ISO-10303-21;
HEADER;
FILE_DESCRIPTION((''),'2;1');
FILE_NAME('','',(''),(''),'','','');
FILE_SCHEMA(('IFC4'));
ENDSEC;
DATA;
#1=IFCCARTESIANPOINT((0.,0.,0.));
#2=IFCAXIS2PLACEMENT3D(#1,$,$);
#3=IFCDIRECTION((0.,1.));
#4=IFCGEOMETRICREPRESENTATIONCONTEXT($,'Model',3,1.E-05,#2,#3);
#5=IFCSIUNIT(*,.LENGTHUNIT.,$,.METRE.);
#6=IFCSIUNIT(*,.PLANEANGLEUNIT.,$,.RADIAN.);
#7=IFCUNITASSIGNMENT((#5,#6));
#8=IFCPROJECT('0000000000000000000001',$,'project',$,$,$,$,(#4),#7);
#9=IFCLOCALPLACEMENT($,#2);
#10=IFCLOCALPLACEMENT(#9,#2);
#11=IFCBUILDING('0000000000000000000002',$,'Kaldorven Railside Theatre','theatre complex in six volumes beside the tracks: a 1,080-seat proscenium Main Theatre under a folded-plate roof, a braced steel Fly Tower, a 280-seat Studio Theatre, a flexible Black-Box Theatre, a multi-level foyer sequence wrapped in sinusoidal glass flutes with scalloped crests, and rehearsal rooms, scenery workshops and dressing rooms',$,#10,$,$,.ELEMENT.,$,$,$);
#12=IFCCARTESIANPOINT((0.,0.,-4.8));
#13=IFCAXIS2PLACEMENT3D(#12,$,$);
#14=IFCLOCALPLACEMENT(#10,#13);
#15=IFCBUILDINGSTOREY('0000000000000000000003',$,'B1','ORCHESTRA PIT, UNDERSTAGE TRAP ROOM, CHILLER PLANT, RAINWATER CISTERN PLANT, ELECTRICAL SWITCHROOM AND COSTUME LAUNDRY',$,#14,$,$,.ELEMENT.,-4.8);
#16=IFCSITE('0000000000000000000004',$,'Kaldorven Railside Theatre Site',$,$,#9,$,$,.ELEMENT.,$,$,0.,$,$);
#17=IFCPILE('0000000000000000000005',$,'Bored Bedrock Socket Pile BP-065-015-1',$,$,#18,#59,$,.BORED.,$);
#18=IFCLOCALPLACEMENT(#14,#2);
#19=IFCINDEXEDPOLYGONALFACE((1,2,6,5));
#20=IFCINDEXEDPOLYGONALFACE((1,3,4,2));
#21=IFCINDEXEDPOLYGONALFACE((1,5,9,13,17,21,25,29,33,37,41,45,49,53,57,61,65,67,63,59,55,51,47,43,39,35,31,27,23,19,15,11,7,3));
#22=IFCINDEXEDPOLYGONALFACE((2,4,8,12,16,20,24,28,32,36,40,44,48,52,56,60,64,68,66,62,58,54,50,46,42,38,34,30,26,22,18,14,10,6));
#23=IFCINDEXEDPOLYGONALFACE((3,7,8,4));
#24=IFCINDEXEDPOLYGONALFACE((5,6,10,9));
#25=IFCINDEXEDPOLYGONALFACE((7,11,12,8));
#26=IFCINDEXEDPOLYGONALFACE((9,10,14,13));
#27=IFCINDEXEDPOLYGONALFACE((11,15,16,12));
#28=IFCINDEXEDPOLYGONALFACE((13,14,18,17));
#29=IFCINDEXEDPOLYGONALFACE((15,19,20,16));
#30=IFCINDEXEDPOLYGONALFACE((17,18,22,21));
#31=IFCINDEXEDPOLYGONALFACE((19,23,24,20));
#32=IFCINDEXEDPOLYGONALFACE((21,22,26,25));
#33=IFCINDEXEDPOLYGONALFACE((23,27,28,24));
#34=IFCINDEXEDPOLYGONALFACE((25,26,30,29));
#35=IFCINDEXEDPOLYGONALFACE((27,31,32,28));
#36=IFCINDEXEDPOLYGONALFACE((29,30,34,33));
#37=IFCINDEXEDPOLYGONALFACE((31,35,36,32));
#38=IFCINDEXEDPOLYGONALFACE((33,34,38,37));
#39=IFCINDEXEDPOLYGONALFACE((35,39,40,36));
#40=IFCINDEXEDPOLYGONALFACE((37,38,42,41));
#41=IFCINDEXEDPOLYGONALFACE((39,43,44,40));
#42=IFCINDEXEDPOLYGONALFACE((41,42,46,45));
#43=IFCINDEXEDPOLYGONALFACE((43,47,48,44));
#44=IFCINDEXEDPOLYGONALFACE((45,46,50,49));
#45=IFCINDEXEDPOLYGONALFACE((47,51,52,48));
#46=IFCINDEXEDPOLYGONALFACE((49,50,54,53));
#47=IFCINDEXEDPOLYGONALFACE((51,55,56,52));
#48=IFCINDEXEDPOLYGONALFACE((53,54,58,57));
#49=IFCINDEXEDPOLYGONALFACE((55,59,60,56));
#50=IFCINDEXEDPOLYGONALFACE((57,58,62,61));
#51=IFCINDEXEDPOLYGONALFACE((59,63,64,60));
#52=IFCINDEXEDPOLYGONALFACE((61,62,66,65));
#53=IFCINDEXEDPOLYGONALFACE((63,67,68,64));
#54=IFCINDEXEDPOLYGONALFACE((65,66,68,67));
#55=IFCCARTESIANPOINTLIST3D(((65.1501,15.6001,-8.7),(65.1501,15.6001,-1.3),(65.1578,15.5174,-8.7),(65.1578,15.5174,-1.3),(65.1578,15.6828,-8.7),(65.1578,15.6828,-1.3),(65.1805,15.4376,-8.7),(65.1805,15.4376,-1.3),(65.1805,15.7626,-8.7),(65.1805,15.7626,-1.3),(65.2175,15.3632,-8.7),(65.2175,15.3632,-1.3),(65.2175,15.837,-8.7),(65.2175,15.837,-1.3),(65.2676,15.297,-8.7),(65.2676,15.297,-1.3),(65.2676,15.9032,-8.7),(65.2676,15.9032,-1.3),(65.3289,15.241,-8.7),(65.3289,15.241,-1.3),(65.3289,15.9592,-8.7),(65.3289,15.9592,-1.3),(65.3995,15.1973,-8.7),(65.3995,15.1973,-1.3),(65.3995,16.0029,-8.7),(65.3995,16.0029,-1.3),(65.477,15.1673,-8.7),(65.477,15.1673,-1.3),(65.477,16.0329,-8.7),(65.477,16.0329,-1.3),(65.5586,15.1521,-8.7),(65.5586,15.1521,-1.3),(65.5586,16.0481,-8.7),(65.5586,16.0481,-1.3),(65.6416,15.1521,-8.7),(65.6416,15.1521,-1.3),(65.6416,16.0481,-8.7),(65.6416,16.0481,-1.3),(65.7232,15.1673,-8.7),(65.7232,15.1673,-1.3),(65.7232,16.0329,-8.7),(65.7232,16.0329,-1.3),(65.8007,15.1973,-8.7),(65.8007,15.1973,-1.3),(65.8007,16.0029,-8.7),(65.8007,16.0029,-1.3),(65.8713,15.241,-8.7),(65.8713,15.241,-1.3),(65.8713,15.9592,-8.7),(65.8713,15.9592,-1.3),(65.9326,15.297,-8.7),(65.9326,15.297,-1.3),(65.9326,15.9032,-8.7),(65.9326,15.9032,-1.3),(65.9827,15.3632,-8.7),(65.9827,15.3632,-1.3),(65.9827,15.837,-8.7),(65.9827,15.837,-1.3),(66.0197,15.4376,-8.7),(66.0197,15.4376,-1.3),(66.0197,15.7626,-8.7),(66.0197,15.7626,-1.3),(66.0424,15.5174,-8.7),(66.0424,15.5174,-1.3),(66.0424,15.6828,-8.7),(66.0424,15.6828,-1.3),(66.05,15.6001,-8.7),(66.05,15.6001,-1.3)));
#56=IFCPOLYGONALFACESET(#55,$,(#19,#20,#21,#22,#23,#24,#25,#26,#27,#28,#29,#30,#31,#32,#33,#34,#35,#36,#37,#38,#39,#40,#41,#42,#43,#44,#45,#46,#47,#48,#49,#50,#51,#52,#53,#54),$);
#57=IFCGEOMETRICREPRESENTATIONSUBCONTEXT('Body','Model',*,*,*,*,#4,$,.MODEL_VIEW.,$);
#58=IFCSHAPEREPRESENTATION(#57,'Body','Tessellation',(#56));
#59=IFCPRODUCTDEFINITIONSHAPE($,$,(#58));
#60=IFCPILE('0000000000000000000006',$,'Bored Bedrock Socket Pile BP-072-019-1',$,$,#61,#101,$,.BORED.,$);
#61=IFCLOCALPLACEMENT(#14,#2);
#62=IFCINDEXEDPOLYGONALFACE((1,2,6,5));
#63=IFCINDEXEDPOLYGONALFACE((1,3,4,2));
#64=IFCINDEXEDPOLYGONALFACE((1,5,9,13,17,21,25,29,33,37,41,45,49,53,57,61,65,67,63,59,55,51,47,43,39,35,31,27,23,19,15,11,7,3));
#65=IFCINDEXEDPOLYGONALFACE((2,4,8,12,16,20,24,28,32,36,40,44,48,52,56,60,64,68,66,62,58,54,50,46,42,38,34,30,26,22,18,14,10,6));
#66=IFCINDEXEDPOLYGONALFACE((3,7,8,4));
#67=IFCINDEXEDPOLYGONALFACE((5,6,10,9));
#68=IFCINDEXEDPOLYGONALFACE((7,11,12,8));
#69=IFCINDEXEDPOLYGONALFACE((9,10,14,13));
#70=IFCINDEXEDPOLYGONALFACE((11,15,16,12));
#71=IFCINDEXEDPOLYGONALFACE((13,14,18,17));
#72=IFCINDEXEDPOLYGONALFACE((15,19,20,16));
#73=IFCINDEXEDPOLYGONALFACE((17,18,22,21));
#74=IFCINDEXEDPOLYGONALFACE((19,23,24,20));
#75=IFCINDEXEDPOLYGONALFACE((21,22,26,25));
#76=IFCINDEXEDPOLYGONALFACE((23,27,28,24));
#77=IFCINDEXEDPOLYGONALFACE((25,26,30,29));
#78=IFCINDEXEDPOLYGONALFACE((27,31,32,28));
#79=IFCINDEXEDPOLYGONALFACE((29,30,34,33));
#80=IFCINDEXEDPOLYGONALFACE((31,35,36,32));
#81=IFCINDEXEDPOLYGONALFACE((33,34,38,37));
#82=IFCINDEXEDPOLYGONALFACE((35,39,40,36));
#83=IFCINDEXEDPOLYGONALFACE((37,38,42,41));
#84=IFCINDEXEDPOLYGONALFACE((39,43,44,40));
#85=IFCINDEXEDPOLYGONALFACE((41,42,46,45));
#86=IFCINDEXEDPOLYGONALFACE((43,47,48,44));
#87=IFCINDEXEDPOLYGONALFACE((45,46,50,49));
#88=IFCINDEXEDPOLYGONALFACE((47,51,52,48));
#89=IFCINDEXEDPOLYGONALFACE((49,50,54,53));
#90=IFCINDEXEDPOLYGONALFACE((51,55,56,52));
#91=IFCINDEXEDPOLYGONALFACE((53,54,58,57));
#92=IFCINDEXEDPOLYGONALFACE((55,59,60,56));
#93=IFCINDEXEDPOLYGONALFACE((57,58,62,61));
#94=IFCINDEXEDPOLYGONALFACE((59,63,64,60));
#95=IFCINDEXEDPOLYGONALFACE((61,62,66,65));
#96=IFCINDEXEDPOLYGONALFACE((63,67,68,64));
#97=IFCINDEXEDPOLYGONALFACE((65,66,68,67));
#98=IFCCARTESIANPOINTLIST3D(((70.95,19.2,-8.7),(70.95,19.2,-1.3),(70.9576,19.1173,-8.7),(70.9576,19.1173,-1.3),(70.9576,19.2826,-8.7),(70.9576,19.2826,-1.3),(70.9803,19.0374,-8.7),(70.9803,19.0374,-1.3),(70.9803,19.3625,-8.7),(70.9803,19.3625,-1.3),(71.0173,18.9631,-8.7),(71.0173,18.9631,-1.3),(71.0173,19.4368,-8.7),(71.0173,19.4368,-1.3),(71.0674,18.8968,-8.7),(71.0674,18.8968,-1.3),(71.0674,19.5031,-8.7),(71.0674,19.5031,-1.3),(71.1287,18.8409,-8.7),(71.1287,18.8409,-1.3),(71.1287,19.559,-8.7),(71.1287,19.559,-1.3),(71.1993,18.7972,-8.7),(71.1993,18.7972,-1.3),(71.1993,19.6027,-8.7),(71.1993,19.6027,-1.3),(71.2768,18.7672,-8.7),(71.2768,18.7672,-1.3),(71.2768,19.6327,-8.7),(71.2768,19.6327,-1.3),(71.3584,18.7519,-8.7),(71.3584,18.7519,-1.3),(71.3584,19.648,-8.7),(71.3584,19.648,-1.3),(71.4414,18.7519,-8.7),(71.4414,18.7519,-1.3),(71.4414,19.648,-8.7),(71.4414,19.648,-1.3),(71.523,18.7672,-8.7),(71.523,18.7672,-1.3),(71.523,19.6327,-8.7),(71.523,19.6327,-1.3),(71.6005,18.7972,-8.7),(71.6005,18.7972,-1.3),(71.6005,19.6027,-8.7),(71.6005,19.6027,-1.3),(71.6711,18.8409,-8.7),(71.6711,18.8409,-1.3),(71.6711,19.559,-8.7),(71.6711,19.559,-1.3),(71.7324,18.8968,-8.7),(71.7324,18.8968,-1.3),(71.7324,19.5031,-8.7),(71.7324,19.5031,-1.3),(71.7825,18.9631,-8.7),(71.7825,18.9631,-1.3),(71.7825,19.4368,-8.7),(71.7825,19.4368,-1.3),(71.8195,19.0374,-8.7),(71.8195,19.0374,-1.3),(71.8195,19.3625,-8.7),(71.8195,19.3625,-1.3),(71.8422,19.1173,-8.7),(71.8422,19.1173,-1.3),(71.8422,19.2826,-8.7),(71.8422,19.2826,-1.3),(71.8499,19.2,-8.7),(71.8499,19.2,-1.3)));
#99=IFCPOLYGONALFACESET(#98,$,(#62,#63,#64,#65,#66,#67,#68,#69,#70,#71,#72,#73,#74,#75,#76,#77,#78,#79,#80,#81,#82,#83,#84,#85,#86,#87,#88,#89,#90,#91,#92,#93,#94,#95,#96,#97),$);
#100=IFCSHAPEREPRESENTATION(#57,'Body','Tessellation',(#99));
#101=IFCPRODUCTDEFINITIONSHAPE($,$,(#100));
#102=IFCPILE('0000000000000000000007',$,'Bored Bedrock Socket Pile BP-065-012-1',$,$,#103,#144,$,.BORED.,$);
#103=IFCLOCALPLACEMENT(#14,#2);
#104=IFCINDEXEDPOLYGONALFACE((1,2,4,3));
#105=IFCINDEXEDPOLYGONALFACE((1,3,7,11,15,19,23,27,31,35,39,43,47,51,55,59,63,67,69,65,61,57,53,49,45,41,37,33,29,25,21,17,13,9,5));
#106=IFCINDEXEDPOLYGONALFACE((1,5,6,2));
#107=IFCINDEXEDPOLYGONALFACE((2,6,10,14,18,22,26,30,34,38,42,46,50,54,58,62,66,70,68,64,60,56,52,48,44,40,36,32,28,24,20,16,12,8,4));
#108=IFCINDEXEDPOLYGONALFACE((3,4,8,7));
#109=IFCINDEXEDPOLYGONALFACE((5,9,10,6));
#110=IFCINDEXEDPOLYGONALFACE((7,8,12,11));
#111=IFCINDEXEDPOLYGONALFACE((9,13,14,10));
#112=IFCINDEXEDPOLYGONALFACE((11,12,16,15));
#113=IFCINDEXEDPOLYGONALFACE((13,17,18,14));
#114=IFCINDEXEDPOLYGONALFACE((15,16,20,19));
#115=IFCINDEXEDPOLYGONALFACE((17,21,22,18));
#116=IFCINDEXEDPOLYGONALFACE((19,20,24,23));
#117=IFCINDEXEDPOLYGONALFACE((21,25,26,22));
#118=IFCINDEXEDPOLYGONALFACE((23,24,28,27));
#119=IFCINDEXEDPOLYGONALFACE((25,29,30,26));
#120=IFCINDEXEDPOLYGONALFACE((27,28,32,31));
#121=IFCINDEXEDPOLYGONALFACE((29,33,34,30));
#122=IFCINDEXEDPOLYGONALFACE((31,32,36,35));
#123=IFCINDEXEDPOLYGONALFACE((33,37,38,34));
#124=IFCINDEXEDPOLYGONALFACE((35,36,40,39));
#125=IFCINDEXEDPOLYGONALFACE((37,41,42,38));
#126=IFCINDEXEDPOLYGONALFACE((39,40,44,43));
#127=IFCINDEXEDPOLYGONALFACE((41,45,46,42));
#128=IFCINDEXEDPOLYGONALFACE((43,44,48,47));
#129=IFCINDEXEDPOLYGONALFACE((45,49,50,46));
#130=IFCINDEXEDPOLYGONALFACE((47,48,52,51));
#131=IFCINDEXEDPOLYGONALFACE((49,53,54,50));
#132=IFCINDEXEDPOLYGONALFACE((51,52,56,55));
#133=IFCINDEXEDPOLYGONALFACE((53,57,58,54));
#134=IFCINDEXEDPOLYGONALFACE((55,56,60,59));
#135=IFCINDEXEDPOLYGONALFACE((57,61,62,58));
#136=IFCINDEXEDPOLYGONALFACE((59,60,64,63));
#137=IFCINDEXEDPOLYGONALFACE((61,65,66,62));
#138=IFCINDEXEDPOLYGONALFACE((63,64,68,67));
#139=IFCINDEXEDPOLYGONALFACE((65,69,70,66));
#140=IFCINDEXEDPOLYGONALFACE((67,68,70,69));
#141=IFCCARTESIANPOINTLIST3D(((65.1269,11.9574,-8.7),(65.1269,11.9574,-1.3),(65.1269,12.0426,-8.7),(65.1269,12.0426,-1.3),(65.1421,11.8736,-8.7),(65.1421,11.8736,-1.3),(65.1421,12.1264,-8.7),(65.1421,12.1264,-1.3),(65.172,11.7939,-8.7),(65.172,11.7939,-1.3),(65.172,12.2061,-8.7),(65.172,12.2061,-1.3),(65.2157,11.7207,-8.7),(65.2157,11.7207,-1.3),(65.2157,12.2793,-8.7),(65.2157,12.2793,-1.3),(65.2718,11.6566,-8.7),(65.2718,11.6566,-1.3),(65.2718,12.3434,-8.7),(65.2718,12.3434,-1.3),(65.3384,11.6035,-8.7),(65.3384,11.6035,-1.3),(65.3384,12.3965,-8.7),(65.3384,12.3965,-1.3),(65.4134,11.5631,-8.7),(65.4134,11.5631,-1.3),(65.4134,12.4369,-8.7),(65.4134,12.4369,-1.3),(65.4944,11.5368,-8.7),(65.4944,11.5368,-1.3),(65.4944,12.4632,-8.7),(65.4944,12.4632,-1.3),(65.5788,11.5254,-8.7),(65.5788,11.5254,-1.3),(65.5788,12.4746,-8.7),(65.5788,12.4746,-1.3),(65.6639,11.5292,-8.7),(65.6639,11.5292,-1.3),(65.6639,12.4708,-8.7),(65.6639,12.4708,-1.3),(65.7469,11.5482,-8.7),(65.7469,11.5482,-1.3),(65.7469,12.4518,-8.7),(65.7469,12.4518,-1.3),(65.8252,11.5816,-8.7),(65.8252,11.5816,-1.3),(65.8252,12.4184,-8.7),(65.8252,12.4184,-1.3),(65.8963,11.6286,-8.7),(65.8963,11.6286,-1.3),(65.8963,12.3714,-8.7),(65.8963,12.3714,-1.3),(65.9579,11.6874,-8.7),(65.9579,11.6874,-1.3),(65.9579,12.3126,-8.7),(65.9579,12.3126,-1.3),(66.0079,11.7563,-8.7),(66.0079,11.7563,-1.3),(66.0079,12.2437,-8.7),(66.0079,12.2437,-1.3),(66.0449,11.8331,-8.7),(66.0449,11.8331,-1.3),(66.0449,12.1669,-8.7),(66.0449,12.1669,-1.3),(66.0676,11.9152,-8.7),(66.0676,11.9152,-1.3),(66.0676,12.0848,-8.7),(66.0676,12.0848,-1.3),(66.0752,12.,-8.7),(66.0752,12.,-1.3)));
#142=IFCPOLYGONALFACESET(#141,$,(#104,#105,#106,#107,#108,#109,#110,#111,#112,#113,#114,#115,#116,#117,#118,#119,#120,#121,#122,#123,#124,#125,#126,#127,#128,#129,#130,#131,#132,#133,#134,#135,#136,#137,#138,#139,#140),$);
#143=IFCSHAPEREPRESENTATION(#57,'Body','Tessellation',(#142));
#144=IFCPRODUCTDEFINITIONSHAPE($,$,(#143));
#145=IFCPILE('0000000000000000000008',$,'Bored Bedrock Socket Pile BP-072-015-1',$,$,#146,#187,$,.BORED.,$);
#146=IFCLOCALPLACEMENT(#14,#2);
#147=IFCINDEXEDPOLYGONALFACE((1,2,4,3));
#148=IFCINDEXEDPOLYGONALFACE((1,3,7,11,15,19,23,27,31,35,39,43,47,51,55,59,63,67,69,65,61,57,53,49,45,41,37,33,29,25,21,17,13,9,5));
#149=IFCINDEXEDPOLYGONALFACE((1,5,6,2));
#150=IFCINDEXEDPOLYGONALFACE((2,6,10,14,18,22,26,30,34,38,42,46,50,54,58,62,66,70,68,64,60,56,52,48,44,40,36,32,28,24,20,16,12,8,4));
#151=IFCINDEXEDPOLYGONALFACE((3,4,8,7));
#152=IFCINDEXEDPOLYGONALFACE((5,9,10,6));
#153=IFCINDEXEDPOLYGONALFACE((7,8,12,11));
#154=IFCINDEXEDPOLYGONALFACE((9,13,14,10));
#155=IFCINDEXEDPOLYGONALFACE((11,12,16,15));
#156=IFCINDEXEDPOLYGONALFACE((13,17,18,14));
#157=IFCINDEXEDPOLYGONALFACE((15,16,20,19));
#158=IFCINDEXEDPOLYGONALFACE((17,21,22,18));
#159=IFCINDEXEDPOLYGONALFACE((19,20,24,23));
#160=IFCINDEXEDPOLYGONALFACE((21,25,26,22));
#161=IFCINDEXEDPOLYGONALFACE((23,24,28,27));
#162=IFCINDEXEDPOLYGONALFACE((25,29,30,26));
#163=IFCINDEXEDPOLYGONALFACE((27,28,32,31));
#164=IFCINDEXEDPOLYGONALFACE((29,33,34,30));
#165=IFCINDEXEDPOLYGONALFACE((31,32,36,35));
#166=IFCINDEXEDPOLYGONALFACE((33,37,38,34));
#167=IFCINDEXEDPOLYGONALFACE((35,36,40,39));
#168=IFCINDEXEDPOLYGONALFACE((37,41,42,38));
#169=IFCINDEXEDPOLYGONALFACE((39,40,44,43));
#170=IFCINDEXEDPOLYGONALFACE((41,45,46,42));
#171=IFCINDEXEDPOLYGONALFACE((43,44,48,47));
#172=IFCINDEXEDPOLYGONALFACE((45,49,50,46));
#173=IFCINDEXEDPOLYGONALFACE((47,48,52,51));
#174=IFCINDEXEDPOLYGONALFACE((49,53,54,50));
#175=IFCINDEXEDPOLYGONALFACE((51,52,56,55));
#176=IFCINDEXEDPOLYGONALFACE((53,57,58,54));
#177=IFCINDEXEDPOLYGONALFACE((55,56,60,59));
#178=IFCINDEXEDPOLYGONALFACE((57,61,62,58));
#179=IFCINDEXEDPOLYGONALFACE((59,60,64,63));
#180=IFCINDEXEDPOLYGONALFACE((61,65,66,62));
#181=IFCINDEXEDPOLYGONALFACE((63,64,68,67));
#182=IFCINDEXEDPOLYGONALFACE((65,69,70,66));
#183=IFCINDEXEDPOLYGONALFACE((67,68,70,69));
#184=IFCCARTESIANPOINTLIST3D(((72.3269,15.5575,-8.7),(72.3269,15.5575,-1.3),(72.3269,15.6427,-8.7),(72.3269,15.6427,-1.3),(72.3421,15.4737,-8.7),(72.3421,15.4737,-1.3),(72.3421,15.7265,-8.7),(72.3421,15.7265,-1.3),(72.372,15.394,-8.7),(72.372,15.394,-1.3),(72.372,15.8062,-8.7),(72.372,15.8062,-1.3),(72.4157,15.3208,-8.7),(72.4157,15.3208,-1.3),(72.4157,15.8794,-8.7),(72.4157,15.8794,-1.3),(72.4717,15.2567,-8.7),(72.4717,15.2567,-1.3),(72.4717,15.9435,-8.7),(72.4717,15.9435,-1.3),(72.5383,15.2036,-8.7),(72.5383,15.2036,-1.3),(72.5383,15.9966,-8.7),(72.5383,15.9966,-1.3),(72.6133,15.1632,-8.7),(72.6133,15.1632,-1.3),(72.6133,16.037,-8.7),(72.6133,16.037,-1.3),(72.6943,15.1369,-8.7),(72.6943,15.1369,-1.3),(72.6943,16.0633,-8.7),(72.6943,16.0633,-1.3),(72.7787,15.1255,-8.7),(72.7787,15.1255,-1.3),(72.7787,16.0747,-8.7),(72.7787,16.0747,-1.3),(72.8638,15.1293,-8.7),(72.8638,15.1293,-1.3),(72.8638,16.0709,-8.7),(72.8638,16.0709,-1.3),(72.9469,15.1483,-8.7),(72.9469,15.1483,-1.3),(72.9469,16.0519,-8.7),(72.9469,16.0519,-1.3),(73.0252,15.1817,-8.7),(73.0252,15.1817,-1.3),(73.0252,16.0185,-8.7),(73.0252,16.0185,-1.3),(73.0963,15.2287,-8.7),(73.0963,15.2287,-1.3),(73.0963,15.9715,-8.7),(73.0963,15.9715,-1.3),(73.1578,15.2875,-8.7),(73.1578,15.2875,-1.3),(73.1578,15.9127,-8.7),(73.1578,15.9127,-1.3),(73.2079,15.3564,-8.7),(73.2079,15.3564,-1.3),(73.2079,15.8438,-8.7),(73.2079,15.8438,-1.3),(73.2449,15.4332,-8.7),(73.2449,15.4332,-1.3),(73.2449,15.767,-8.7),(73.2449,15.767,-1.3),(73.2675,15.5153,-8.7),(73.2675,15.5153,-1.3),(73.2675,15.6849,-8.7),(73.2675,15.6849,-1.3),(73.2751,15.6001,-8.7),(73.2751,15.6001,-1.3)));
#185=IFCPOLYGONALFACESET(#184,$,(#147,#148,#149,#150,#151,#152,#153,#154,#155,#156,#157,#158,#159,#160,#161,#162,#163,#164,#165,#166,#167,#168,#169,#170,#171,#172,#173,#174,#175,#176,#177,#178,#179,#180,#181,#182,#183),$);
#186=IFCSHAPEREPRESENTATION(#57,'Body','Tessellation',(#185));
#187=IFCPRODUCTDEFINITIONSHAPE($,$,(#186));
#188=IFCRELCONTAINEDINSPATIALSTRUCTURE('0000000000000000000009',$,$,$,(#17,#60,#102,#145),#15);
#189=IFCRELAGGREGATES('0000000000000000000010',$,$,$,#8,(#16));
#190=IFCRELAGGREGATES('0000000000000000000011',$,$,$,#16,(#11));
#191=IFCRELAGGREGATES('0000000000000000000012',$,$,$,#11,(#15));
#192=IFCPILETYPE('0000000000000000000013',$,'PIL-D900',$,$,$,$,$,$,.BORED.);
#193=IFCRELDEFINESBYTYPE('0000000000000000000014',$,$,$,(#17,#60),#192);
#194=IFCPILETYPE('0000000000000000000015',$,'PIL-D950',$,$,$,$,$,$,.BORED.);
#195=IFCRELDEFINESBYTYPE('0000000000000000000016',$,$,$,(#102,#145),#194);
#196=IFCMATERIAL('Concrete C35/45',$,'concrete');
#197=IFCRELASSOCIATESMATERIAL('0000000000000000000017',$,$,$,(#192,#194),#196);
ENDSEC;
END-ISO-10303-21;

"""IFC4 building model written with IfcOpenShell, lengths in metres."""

from ifc_helpers import new_model, si_unit, direction, frame, origin, origin_2d, place, context, subcontext, project, spatial, circle, extrude, material, material_profile, profile_set, type_object, element, save


model = new_model("IFC4")

# Units and contexts
model_context = context("Model", 3, precision=1e-05, world=origin(), true_north=direction((0.0, 1.0)))
body_context = subcontext(model_context, "Body", "Model", "MODEL_VIEW")
ifc_project = project(units=[si_unit("LENGTHUNIT", "METRE"), si_unit("PLANEANGLEUNIT", "RADIAN")], contexts=[model_context])

# Site, building, storey
site_placement = place(None, origin())
site = spatial("IfcSite", under=ifc_project, at=site_placement, Name="Kaldorven Railside Theatre Site", CompositionType="ELEMENT", RefElevation=0.0)
building_placement = place(site_placement, origin())
building = spatial("IfcBuilding", under=site, at=building_placement, Name="Kaldorven Railside Theatre", Description="theatre complex in six volumes beside the tracks: a 1,080-seat proscenium Main Theatre under a folded-plate roof, a braced steel Fly Tower, a 280-seat Studio Theatre, a flexible Black-Box Theatre, a multi-level foyer sequence wrapped in sinusoidal glass flutes with scalloped crests, and rehearsal rooms, scenery workshops and dressing rooms", CompositionType="ELEMENT")
storey_placement = place(building_placement, frame((0.0, 0.0, -4.8)))
storey = spatial("IfcBuildingStorey", under=building, at=storey_placement, Name="B1", Description="ORCHESTRA PIT, UNDERSTAGE TRAP ROOM, CHILLER PLANT, RAINWATER CISTERN PLANT, ELECTRICAL SWITCHROOM AND COSTUME LAUNDRY", CompositionType="ELEMENT", Elevation=-4.8)

# Piles
ifc_material_1 = material(Name="Concrete C35/45", Category="concrete")
ifc_material_profile_1 = material_profile(ifc_material_1, circle(Radius=0.45, at=origin_2d()), Name="BP D900")
ifc_profile_set_1 = profile_set([ifc_material_profile_1], Name="Concrete C35/45")
pile_type_1 = type_object("IfcPileType", Name="PIL-D900", PredefinedType="BORED", material=ifc_profile_set_1)
for number, where, z_axis, x_axis, name in (
    (1, (65.6001, 15.6001, -1.3), (0.0, 0.0, -1.0), (1.0, 0.0, 0.0), "Bored Bedrock Socket Pile BP-065-015-1"),
    (2, (71.3999, 19.2, -1.3), (0.0, 0.0, -1.0), (1.0, 0.0, 0.0), "Bored Bedrock Socket Pile BP-072-019-1"),
):
    element("IfcPile", number, at=place(storey_placement, frame(where, z_axis=z_axis, x_axis=x_axis)), inside=storey, type_object=pile_type_1, Name=name, PredefinedType="BORED", context=body_context, shape_type="SweptSolid", body=[
        extrude(circle(Radius=0.45, at=origin_2d()), origin(), (0.0, 0.0, 1.0), 7.3999),
    ])
ifc_material_profile_2 = material_profile(ifc_material_1, circle(Radius=0.4751, at=origin_2d()), Name="BP D950")
ifc_profile_set_2 = profile_set([ifc_material_profile_2], Name="Concrete C35/45")
pile_type_2 = type_object("IfcPileType", Name="PIL-D950", PredefinedType="BORED", material=ifc_profile_set_2)
for number, where, z_axis, x_axis, name in (
    (3, (65.6001, 12.0, -1.3), (0.0, 0.0, -1.0), (1.0, 0.0, 0.0), "Bored Bedrock Socket Pile BP-065-012-1"),
    (4, (72.8, 15.6001, -1.3), (0.0, 0.0, -1.0), (1.0, 0.0, 0.0), "Bored Bedrock Socket Pile BP-072-015-1"),
):
    element("IfcPile", number, at=place(storey_placement, frame(where, z_axis=z_axis, x_axis=x_axis)), inside=storey, type_object=pile_type_2, Name=name, PredefinedType="BORED", context=body_context, shape_type="SweptSolid", body=[
        extrude(circle(Radius=0.4751, at=origin_2d()), origin(), (0.0, 0.0, 1.0), 7.3999),
    ])

save(model, "model.ifc")
